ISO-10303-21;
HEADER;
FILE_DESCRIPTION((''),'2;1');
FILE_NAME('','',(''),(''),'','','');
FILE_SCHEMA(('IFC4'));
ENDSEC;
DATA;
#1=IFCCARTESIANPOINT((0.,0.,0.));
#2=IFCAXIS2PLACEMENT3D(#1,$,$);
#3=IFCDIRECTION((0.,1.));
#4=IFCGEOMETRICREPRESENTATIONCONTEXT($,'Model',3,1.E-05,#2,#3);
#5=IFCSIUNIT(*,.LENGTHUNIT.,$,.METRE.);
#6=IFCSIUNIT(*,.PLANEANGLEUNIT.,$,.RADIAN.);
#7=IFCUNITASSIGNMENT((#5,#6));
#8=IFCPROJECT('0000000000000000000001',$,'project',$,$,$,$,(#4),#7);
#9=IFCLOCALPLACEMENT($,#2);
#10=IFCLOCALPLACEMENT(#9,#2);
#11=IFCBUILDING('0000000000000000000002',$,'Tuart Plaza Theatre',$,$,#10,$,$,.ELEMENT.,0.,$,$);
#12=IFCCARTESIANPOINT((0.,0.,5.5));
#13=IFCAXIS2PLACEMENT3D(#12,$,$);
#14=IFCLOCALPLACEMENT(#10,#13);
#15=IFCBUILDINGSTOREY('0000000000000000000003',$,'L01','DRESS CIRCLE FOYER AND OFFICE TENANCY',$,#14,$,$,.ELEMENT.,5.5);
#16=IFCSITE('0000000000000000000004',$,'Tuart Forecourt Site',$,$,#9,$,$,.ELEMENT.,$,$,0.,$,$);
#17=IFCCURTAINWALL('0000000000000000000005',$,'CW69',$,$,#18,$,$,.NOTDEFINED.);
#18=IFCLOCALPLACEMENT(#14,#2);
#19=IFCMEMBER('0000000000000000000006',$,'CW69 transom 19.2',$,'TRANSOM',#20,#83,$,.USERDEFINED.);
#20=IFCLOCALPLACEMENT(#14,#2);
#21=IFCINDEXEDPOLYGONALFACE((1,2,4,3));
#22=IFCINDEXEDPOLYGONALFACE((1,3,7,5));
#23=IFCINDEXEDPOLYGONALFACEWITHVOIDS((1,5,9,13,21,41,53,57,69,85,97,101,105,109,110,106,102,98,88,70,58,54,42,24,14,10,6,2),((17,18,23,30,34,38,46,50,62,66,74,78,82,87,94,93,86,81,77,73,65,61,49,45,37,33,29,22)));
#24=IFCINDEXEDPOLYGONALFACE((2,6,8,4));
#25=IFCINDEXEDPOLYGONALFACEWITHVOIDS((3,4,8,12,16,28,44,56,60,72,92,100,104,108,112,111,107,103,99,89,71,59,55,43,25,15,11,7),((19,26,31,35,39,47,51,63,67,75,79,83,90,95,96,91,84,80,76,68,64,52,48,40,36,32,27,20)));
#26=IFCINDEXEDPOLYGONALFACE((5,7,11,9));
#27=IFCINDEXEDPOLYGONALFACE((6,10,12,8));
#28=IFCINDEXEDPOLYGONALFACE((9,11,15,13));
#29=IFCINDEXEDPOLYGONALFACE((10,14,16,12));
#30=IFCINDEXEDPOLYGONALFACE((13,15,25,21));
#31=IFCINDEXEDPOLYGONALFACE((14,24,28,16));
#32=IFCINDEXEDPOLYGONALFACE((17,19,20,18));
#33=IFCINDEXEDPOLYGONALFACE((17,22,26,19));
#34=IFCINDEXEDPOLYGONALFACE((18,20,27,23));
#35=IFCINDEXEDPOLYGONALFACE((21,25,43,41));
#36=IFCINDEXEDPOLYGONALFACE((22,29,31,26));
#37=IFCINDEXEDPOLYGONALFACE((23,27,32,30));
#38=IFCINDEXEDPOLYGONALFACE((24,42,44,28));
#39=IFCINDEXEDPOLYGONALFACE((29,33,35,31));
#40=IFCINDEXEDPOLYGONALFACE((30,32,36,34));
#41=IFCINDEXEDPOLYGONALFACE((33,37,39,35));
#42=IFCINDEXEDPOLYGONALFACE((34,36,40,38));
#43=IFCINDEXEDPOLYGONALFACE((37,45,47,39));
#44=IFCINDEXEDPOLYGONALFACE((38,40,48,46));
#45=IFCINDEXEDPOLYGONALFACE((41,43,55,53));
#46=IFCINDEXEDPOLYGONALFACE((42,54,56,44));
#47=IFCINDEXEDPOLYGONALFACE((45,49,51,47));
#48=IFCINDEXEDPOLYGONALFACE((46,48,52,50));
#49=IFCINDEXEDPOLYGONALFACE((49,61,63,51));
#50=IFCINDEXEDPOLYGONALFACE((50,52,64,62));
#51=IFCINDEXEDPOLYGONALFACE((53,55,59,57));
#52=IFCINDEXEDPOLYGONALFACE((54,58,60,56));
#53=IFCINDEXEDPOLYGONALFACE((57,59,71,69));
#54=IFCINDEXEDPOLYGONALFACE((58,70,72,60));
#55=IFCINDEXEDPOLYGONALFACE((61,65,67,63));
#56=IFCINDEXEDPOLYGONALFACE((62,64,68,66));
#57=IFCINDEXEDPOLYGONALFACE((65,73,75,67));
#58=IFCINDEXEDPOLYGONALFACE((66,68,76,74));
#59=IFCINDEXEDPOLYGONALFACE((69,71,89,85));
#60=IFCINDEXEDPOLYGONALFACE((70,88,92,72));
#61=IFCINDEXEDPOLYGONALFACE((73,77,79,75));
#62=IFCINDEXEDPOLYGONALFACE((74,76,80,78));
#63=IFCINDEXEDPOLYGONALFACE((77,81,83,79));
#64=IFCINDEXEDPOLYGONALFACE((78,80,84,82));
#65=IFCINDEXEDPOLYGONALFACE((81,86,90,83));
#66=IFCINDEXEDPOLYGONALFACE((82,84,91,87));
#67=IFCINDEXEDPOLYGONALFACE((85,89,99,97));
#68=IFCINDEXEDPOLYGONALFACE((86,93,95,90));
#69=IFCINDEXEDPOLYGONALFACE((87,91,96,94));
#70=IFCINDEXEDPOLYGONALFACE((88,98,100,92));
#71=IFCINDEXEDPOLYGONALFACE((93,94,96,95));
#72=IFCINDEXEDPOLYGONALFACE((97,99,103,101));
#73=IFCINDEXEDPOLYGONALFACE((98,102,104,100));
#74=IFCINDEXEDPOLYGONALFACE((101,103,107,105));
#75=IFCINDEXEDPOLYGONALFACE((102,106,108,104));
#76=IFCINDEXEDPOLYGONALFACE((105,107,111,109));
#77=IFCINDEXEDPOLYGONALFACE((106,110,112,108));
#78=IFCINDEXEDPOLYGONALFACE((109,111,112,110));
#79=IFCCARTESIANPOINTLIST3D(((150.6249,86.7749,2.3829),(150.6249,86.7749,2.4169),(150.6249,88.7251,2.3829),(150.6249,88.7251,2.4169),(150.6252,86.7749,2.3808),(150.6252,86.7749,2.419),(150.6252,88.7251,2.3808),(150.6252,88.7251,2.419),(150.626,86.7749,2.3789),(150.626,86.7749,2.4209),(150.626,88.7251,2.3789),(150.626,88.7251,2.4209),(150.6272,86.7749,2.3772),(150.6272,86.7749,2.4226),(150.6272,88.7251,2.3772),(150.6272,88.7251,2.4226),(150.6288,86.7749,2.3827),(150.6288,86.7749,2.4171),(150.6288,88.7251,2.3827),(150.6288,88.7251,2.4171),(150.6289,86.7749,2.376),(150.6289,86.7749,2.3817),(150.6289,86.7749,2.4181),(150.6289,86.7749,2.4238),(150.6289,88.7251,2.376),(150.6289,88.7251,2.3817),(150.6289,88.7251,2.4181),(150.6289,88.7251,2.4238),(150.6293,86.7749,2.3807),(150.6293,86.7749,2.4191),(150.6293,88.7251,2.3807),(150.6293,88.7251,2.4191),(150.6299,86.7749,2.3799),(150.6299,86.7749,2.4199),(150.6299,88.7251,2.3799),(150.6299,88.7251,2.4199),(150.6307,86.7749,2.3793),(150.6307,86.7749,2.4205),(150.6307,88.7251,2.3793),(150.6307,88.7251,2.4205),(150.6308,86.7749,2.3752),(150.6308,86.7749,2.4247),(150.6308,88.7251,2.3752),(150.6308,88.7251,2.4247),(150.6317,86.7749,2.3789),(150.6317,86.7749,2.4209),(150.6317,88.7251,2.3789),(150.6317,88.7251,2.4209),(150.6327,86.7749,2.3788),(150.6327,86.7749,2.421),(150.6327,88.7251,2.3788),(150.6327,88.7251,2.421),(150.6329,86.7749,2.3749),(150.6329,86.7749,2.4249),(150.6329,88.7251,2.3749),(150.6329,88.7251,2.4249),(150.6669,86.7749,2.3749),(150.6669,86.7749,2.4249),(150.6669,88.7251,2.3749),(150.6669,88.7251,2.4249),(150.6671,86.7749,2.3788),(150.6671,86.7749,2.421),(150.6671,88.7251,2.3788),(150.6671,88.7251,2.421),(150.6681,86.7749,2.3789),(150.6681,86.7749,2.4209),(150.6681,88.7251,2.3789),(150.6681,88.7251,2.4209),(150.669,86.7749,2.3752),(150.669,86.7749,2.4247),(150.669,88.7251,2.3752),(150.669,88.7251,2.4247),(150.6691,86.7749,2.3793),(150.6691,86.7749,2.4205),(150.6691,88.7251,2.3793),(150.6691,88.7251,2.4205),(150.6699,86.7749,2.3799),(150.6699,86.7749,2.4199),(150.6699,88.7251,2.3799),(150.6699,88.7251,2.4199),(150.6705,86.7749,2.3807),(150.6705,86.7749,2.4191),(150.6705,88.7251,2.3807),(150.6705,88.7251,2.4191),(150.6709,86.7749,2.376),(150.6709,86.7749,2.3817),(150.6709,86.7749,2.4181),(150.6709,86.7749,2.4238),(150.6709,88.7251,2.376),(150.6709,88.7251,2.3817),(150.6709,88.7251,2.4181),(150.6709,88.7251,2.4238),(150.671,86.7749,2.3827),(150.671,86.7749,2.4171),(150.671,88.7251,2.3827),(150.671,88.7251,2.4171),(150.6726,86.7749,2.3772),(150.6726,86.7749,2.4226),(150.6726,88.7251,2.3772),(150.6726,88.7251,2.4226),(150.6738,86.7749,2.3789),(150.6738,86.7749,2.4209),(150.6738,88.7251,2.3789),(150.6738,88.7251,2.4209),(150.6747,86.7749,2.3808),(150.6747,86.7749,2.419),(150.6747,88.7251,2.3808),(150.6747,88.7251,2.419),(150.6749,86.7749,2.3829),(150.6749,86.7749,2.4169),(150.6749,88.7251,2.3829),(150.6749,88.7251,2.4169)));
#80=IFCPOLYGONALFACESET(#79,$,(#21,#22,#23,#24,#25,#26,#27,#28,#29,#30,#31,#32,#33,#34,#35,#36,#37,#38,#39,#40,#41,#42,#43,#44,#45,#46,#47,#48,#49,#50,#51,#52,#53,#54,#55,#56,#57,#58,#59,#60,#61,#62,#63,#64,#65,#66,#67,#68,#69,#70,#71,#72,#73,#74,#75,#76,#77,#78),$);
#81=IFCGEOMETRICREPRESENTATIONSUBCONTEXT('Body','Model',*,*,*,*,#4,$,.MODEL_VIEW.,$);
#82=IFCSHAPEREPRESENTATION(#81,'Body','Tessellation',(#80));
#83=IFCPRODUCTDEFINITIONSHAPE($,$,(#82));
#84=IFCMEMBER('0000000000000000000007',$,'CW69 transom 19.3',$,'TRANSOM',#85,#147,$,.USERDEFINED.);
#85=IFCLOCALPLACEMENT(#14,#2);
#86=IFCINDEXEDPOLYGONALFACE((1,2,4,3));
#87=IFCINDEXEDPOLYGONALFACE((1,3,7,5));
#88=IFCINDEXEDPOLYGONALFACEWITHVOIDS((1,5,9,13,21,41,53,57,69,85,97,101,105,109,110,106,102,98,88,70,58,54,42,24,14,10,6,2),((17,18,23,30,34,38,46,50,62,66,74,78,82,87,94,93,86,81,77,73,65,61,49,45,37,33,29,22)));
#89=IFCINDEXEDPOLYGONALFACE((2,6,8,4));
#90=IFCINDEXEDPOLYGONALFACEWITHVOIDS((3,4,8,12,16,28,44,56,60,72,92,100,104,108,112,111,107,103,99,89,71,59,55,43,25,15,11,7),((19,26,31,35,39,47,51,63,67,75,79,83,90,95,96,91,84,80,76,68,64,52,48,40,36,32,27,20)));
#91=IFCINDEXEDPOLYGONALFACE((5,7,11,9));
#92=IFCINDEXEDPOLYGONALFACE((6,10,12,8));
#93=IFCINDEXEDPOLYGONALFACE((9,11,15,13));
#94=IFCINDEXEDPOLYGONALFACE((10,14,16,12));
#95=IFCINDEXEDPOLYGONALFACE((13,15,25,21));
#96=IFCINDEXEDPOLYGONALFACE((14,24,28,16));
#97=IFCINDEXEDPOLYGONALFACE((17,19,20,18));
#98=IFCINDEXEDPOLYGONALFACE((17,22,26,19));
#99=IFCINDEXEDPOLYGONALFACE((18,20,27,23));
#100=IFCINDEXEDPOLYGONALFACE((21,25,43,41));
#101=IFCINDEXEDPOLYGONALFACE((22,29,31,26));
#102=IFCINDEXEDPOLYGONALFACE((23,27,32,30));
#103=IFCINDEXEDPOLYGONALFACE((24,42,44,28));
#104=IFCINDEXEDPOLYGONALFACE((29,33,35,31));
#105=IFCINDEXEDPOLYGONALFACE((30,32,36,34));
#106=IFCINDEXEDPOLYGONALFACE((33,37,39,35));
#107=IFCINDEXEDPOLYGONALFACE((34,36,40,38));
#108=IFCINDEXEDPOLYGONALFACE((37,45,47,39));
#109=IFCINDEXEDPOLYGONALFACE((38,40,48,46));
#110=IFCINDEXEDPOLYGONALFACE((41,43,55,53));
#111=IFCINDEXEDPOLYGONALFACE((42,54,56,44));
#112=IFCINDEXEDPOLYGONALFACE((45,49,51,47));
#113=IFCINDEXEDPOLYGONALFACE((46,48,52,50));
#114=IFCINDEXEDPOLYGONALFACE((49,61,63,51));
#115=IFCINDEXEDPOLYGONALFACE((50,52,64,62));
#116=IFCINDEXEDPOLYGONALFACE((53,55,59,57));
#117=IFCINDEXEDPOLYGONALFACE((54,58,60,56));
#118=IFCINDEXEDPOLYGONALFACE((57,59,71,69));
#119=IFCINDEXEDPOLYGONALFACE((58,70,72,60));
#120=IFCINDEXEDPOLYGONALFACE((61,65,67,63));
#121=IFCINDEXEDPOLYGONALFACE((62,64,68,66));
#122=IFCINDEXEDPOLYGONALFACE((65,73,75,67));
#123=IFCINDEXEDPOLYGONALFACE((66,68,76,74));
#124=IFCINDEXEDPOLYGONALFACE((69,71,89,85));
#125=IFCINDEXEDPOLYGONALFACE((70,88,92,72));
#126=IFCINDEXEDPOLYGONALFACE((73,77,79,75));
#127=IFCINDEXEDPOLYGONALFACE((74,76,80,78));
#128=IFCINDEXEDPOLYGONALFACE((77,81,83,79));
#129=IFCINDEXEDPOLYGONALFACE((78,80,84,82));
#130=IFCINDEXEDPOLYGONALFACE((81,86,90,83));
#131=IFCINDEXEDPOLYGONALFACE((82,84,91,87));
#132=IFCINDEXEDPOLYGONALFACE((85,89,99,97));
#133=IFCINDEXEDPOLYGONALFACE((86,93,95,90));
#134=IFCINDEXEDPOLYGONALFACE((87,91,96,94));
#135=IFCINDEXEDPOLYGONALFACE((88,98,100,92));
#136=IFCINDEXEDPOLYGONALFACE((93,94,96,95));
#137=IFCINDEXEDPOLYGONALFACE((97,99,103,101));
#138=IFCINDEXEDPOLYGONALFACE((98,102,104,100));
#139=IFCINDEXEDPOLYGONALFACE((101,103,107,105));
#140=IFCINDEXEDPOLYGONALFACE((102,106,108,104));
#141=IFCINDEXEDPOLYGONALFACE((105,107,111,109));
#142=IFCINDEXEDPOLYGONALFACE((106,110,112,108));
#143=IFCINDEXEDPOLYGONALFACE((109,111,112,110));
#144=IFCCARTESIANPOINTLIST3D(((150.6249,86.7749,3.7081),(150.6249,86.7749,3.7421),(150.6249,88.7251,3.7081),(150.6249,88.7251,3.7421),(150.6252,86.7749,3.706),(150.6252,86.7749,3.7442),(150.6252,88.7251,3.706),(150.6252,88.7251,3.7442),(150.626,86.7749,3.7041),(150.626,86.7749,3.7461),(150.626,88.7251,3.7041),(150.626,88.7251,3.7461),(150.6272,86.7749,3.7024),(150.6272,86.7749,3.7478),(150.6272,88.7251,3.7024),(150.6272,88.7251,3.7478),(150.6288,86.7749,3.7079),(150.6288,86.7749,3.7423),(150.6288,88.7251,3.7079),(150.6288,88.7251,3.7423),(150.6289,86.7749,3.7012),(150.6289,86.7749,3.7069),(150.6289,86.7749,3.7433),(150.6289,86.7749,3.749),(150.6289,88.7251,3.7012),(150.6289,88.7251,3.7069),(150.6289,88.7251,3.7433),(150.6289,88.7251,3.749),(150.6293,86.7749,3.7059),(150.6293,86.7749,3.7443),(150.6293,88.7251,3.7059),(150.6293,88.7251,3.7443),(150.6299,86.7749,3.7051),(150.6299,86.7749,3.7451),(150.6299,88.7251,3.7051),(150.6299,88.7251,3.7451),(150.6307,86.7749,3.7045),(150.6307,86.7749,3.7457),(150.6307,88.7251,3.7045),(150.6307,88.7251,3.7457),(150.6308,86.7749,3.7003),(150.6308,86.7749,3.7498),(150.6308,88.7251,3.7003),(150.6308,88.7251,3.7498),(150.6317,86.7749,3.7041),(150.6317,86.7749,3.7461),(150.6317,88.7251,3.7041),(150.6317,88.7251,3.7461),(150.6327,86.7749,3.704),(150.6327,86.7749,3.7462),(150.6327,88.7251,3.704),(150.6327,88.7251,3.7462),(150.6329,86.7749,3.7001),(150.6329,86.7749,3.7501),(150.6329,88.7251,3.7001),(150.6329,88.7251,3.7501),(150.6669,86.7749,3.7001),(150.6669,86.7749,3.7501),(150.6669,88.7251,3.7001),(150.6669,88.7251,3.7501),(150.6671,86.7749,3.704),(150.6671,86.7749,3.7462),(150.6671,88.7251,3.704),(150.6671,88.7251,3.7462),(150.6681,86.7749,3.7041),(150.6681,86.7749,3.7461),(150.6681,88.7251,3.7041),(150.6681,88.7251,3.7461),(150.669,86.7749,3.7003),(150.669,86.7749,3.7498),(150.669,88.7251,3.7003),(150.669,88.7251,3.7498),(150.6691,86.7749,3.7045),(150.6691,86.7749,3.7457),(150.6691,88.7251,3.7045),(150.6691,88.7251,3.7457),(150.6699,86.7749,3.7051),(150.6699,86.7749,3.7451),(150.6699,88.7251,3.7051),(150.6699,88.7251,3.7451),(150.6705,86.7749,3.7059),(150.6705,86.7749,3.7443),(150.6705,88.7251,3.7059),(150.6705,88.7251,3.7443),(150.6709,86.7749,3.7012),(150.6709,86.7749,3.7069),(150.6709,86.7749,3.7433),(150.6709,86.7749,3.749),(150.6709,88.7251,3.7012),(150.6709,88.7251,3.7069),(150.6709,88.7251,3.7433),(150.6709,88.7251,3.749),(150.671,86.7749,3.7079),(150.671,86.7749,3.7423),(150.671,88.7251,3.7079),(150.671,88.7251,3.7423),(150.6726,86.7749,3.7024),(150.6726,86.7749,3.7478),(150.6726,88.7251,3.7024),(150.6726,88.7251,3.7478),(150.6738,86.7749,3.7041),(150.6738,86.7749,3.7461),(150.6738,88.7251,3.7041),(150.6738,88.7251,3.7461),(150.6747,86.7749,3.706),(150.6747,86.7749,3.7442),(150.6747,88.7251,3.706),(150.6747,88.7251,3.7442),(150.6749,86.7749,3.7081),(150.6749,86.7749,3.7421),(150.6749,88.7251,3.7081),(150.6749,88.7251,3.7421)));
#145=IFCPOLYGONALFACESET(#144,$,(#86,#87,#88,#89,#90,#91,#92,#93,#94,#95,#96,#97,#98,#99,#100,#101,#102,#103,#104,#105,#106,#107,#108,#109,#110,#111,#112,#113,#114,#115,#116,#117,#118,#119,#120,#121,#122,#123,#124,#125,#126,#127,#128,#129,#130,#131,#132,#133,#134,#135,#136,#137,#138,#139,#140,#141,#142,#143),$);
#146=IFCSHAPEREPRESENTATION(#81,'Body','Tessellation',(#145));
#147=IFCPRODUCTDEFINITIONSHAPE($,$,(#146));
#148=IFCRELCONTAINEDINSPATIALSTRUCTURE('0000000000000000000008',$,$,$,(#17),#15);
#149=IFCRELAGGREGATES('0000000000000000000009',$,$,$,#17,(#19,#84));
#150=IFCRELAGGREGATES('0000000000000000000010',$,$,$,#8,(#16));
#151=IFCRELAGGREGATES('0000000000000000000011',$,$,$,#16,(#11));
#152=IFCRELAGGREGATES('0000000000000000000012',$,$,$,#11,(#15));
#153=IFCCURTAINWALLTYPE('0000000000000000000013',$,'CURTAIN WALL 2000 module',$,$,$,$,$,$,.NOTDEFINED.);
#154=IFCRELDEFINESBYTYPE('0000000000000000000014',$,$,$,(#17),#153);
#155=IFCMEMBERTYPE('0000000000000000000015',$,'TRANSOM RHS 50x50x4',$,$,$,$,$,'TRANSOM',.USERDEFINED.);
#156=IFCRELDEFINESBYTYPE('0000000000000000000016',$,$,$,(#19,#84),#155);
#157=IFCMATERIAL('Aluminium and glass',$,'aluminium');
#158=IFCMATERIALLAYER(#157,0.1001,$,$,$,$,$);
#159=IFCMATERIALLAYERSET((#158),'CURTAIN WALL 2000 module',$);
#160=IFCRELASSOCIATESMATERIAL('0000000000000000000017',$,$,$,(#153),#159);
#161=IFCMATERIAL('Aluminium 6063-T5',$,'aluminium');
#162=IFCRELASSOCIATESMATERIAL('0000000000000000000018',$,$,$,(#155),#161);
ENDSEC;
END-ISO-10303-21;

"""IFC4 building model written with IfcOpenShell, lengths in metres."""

from ifc_helpers import new_model, si_unit, direction, frame, origin, origin_2d, place, context, subcontext, project, spatial, hollow_rectangle, extrude, material, layer, layer_set, material_profile, profile_set, type_object, element, aggregate, save


model = new_model("IFC4")

# Units and contexts
model_context = context("Model", 3, precision=1e-05, world=origin(), true_north=direction((0.0, 1.0)))
body_context = subcontext(model_context, "Body", "Model", "MODEL_VIEW")
ifc_project = project(units=[si_unit("LENGTHUNIT", "METRE"), si_unit("PLANEANGLEUNIT", "RADIAN")], contexts=[model_context])

# Site, building, storey
site_placement = place(None, origin())
site = spatial("IfcSite", under=ifc_project, at=site_placement, Name="Tuart Forecourt Site", CompositionType="ELEMENT", RefElevation=0.0)
building_placement = place(site_placement, origin())
building = spatial("IfcBuilding", under=site, at=building_placement, Name="Tuart Plaza Theatre", CompositionType="ELEMENT", ElevationOfRefHeight=0.0)
storey_placement = place(building_placement, frame((0.0, 0.0, 5.5)))
storey = spatial("IfcBuildingStorey", under=building, at=storey_placement, Name="L01", Description="DRESS CIRCLE FOYER AND OFFICE TENANCY", CompositionType="ELEMENT", Elevation=5.5)

# Curtain wall, members
ifc_material_1 = material(Name="Aluminium and glass", Category="aluminium")
ifc_layer_1 = layer(ifc_material_1, 0.1001)
ifc_layer_set_1 = layer_set([ifc_layer_1], Name="CURTAIN WALL 2000 module")
curtain_wall_type = type_object("IfcCurtainWallType", Name="CURTAIN WALL 2000 module", PredefinedType="NOTDEFINED", material=ifc_layer_set_1)
curtain_wall_placement = place(storey_placement, origin())
curtain_wall = element("IfcCurtainWall", 1, at=curtain_wall_placement, inside=storey, type_object=curtain_wall_type, Name="CW69", PredefinedType="NOTDEFINED")
ifc_material_2 = material(Name="Aluminium 6063-T5", Category="aluminium")
ifc_material_profile_1 = material_profile(ifc_material_2, hollow_rectangle(XDim=0.05, YDim=0.05, WallThickness=0.0039, InnerFilletRadius=0.0039, OuterFilletRadius=0.0081, at=origin_2d()), Name="RHS 50x50x4")
ifc_profile_set_1 = profile_set([ifc_material_profile_1], Name="Aluminium 6063-T5")
member_type_1 = type_object("IfcMemberType", Name="TRANSOM RHS 50x50x4", ElementType="TRANSOM", PredefinedType="USERDEFINED", material=ifc_profile_set_1)
member_1_placement = place(storey_placement, frame((150.6499, 86.7749, 2.3999), z_axis=(0.0, 1.0, 0.0), x_axis=(-1.0, 0.0, 0.0)))
member_1 = element("IfcMember", 2, at=member_1_placement, type_object=member_type_1, Name="CW69 transom 19.2", ObjectType="TRANSOM", PredefinedType="USERDEFINED", context=body_context, shape_type="SweptSolid", body=[
    extrude(hollow_rectangle(XDim=0.05, YDim=0.05, WallThickness=0.0039, InnerFilletRadius=0.0039, OuterFilletRadius=0.0081, at=origin_2d()), origin(), (0.0, 0.0, 1.0), 1.9502),
])
member_2_placement = place(storey_placement, frame((150.6499, 86.7749, 3.7251), z_axis=(0.0, 1.0, 0.0), x_axis=(-1.0, 0.0, 0.0)))
member_2 = element("IfcMember", 3, at=member_2_placement, type_object=member_type_1, Name="CW69 transom 19.3", ObjectType="TRANSOM", PredefinedType="USERDEFINED", context=body_context, shape_type="SweptSolid", body=[
    extrude(hollow_rectangle(XDim=0.05, YDim=0.05, WallThickness=0.0039, InnerFilletRadius=0.0039, OuterFilletRadius=0.0081, at=origin_2d()), origin(), (0.0, 0.0, 1.0), 1.9502),
])
aggregate(curtain_wall, [member_1, member_2])

save(model, "model.ifc")
